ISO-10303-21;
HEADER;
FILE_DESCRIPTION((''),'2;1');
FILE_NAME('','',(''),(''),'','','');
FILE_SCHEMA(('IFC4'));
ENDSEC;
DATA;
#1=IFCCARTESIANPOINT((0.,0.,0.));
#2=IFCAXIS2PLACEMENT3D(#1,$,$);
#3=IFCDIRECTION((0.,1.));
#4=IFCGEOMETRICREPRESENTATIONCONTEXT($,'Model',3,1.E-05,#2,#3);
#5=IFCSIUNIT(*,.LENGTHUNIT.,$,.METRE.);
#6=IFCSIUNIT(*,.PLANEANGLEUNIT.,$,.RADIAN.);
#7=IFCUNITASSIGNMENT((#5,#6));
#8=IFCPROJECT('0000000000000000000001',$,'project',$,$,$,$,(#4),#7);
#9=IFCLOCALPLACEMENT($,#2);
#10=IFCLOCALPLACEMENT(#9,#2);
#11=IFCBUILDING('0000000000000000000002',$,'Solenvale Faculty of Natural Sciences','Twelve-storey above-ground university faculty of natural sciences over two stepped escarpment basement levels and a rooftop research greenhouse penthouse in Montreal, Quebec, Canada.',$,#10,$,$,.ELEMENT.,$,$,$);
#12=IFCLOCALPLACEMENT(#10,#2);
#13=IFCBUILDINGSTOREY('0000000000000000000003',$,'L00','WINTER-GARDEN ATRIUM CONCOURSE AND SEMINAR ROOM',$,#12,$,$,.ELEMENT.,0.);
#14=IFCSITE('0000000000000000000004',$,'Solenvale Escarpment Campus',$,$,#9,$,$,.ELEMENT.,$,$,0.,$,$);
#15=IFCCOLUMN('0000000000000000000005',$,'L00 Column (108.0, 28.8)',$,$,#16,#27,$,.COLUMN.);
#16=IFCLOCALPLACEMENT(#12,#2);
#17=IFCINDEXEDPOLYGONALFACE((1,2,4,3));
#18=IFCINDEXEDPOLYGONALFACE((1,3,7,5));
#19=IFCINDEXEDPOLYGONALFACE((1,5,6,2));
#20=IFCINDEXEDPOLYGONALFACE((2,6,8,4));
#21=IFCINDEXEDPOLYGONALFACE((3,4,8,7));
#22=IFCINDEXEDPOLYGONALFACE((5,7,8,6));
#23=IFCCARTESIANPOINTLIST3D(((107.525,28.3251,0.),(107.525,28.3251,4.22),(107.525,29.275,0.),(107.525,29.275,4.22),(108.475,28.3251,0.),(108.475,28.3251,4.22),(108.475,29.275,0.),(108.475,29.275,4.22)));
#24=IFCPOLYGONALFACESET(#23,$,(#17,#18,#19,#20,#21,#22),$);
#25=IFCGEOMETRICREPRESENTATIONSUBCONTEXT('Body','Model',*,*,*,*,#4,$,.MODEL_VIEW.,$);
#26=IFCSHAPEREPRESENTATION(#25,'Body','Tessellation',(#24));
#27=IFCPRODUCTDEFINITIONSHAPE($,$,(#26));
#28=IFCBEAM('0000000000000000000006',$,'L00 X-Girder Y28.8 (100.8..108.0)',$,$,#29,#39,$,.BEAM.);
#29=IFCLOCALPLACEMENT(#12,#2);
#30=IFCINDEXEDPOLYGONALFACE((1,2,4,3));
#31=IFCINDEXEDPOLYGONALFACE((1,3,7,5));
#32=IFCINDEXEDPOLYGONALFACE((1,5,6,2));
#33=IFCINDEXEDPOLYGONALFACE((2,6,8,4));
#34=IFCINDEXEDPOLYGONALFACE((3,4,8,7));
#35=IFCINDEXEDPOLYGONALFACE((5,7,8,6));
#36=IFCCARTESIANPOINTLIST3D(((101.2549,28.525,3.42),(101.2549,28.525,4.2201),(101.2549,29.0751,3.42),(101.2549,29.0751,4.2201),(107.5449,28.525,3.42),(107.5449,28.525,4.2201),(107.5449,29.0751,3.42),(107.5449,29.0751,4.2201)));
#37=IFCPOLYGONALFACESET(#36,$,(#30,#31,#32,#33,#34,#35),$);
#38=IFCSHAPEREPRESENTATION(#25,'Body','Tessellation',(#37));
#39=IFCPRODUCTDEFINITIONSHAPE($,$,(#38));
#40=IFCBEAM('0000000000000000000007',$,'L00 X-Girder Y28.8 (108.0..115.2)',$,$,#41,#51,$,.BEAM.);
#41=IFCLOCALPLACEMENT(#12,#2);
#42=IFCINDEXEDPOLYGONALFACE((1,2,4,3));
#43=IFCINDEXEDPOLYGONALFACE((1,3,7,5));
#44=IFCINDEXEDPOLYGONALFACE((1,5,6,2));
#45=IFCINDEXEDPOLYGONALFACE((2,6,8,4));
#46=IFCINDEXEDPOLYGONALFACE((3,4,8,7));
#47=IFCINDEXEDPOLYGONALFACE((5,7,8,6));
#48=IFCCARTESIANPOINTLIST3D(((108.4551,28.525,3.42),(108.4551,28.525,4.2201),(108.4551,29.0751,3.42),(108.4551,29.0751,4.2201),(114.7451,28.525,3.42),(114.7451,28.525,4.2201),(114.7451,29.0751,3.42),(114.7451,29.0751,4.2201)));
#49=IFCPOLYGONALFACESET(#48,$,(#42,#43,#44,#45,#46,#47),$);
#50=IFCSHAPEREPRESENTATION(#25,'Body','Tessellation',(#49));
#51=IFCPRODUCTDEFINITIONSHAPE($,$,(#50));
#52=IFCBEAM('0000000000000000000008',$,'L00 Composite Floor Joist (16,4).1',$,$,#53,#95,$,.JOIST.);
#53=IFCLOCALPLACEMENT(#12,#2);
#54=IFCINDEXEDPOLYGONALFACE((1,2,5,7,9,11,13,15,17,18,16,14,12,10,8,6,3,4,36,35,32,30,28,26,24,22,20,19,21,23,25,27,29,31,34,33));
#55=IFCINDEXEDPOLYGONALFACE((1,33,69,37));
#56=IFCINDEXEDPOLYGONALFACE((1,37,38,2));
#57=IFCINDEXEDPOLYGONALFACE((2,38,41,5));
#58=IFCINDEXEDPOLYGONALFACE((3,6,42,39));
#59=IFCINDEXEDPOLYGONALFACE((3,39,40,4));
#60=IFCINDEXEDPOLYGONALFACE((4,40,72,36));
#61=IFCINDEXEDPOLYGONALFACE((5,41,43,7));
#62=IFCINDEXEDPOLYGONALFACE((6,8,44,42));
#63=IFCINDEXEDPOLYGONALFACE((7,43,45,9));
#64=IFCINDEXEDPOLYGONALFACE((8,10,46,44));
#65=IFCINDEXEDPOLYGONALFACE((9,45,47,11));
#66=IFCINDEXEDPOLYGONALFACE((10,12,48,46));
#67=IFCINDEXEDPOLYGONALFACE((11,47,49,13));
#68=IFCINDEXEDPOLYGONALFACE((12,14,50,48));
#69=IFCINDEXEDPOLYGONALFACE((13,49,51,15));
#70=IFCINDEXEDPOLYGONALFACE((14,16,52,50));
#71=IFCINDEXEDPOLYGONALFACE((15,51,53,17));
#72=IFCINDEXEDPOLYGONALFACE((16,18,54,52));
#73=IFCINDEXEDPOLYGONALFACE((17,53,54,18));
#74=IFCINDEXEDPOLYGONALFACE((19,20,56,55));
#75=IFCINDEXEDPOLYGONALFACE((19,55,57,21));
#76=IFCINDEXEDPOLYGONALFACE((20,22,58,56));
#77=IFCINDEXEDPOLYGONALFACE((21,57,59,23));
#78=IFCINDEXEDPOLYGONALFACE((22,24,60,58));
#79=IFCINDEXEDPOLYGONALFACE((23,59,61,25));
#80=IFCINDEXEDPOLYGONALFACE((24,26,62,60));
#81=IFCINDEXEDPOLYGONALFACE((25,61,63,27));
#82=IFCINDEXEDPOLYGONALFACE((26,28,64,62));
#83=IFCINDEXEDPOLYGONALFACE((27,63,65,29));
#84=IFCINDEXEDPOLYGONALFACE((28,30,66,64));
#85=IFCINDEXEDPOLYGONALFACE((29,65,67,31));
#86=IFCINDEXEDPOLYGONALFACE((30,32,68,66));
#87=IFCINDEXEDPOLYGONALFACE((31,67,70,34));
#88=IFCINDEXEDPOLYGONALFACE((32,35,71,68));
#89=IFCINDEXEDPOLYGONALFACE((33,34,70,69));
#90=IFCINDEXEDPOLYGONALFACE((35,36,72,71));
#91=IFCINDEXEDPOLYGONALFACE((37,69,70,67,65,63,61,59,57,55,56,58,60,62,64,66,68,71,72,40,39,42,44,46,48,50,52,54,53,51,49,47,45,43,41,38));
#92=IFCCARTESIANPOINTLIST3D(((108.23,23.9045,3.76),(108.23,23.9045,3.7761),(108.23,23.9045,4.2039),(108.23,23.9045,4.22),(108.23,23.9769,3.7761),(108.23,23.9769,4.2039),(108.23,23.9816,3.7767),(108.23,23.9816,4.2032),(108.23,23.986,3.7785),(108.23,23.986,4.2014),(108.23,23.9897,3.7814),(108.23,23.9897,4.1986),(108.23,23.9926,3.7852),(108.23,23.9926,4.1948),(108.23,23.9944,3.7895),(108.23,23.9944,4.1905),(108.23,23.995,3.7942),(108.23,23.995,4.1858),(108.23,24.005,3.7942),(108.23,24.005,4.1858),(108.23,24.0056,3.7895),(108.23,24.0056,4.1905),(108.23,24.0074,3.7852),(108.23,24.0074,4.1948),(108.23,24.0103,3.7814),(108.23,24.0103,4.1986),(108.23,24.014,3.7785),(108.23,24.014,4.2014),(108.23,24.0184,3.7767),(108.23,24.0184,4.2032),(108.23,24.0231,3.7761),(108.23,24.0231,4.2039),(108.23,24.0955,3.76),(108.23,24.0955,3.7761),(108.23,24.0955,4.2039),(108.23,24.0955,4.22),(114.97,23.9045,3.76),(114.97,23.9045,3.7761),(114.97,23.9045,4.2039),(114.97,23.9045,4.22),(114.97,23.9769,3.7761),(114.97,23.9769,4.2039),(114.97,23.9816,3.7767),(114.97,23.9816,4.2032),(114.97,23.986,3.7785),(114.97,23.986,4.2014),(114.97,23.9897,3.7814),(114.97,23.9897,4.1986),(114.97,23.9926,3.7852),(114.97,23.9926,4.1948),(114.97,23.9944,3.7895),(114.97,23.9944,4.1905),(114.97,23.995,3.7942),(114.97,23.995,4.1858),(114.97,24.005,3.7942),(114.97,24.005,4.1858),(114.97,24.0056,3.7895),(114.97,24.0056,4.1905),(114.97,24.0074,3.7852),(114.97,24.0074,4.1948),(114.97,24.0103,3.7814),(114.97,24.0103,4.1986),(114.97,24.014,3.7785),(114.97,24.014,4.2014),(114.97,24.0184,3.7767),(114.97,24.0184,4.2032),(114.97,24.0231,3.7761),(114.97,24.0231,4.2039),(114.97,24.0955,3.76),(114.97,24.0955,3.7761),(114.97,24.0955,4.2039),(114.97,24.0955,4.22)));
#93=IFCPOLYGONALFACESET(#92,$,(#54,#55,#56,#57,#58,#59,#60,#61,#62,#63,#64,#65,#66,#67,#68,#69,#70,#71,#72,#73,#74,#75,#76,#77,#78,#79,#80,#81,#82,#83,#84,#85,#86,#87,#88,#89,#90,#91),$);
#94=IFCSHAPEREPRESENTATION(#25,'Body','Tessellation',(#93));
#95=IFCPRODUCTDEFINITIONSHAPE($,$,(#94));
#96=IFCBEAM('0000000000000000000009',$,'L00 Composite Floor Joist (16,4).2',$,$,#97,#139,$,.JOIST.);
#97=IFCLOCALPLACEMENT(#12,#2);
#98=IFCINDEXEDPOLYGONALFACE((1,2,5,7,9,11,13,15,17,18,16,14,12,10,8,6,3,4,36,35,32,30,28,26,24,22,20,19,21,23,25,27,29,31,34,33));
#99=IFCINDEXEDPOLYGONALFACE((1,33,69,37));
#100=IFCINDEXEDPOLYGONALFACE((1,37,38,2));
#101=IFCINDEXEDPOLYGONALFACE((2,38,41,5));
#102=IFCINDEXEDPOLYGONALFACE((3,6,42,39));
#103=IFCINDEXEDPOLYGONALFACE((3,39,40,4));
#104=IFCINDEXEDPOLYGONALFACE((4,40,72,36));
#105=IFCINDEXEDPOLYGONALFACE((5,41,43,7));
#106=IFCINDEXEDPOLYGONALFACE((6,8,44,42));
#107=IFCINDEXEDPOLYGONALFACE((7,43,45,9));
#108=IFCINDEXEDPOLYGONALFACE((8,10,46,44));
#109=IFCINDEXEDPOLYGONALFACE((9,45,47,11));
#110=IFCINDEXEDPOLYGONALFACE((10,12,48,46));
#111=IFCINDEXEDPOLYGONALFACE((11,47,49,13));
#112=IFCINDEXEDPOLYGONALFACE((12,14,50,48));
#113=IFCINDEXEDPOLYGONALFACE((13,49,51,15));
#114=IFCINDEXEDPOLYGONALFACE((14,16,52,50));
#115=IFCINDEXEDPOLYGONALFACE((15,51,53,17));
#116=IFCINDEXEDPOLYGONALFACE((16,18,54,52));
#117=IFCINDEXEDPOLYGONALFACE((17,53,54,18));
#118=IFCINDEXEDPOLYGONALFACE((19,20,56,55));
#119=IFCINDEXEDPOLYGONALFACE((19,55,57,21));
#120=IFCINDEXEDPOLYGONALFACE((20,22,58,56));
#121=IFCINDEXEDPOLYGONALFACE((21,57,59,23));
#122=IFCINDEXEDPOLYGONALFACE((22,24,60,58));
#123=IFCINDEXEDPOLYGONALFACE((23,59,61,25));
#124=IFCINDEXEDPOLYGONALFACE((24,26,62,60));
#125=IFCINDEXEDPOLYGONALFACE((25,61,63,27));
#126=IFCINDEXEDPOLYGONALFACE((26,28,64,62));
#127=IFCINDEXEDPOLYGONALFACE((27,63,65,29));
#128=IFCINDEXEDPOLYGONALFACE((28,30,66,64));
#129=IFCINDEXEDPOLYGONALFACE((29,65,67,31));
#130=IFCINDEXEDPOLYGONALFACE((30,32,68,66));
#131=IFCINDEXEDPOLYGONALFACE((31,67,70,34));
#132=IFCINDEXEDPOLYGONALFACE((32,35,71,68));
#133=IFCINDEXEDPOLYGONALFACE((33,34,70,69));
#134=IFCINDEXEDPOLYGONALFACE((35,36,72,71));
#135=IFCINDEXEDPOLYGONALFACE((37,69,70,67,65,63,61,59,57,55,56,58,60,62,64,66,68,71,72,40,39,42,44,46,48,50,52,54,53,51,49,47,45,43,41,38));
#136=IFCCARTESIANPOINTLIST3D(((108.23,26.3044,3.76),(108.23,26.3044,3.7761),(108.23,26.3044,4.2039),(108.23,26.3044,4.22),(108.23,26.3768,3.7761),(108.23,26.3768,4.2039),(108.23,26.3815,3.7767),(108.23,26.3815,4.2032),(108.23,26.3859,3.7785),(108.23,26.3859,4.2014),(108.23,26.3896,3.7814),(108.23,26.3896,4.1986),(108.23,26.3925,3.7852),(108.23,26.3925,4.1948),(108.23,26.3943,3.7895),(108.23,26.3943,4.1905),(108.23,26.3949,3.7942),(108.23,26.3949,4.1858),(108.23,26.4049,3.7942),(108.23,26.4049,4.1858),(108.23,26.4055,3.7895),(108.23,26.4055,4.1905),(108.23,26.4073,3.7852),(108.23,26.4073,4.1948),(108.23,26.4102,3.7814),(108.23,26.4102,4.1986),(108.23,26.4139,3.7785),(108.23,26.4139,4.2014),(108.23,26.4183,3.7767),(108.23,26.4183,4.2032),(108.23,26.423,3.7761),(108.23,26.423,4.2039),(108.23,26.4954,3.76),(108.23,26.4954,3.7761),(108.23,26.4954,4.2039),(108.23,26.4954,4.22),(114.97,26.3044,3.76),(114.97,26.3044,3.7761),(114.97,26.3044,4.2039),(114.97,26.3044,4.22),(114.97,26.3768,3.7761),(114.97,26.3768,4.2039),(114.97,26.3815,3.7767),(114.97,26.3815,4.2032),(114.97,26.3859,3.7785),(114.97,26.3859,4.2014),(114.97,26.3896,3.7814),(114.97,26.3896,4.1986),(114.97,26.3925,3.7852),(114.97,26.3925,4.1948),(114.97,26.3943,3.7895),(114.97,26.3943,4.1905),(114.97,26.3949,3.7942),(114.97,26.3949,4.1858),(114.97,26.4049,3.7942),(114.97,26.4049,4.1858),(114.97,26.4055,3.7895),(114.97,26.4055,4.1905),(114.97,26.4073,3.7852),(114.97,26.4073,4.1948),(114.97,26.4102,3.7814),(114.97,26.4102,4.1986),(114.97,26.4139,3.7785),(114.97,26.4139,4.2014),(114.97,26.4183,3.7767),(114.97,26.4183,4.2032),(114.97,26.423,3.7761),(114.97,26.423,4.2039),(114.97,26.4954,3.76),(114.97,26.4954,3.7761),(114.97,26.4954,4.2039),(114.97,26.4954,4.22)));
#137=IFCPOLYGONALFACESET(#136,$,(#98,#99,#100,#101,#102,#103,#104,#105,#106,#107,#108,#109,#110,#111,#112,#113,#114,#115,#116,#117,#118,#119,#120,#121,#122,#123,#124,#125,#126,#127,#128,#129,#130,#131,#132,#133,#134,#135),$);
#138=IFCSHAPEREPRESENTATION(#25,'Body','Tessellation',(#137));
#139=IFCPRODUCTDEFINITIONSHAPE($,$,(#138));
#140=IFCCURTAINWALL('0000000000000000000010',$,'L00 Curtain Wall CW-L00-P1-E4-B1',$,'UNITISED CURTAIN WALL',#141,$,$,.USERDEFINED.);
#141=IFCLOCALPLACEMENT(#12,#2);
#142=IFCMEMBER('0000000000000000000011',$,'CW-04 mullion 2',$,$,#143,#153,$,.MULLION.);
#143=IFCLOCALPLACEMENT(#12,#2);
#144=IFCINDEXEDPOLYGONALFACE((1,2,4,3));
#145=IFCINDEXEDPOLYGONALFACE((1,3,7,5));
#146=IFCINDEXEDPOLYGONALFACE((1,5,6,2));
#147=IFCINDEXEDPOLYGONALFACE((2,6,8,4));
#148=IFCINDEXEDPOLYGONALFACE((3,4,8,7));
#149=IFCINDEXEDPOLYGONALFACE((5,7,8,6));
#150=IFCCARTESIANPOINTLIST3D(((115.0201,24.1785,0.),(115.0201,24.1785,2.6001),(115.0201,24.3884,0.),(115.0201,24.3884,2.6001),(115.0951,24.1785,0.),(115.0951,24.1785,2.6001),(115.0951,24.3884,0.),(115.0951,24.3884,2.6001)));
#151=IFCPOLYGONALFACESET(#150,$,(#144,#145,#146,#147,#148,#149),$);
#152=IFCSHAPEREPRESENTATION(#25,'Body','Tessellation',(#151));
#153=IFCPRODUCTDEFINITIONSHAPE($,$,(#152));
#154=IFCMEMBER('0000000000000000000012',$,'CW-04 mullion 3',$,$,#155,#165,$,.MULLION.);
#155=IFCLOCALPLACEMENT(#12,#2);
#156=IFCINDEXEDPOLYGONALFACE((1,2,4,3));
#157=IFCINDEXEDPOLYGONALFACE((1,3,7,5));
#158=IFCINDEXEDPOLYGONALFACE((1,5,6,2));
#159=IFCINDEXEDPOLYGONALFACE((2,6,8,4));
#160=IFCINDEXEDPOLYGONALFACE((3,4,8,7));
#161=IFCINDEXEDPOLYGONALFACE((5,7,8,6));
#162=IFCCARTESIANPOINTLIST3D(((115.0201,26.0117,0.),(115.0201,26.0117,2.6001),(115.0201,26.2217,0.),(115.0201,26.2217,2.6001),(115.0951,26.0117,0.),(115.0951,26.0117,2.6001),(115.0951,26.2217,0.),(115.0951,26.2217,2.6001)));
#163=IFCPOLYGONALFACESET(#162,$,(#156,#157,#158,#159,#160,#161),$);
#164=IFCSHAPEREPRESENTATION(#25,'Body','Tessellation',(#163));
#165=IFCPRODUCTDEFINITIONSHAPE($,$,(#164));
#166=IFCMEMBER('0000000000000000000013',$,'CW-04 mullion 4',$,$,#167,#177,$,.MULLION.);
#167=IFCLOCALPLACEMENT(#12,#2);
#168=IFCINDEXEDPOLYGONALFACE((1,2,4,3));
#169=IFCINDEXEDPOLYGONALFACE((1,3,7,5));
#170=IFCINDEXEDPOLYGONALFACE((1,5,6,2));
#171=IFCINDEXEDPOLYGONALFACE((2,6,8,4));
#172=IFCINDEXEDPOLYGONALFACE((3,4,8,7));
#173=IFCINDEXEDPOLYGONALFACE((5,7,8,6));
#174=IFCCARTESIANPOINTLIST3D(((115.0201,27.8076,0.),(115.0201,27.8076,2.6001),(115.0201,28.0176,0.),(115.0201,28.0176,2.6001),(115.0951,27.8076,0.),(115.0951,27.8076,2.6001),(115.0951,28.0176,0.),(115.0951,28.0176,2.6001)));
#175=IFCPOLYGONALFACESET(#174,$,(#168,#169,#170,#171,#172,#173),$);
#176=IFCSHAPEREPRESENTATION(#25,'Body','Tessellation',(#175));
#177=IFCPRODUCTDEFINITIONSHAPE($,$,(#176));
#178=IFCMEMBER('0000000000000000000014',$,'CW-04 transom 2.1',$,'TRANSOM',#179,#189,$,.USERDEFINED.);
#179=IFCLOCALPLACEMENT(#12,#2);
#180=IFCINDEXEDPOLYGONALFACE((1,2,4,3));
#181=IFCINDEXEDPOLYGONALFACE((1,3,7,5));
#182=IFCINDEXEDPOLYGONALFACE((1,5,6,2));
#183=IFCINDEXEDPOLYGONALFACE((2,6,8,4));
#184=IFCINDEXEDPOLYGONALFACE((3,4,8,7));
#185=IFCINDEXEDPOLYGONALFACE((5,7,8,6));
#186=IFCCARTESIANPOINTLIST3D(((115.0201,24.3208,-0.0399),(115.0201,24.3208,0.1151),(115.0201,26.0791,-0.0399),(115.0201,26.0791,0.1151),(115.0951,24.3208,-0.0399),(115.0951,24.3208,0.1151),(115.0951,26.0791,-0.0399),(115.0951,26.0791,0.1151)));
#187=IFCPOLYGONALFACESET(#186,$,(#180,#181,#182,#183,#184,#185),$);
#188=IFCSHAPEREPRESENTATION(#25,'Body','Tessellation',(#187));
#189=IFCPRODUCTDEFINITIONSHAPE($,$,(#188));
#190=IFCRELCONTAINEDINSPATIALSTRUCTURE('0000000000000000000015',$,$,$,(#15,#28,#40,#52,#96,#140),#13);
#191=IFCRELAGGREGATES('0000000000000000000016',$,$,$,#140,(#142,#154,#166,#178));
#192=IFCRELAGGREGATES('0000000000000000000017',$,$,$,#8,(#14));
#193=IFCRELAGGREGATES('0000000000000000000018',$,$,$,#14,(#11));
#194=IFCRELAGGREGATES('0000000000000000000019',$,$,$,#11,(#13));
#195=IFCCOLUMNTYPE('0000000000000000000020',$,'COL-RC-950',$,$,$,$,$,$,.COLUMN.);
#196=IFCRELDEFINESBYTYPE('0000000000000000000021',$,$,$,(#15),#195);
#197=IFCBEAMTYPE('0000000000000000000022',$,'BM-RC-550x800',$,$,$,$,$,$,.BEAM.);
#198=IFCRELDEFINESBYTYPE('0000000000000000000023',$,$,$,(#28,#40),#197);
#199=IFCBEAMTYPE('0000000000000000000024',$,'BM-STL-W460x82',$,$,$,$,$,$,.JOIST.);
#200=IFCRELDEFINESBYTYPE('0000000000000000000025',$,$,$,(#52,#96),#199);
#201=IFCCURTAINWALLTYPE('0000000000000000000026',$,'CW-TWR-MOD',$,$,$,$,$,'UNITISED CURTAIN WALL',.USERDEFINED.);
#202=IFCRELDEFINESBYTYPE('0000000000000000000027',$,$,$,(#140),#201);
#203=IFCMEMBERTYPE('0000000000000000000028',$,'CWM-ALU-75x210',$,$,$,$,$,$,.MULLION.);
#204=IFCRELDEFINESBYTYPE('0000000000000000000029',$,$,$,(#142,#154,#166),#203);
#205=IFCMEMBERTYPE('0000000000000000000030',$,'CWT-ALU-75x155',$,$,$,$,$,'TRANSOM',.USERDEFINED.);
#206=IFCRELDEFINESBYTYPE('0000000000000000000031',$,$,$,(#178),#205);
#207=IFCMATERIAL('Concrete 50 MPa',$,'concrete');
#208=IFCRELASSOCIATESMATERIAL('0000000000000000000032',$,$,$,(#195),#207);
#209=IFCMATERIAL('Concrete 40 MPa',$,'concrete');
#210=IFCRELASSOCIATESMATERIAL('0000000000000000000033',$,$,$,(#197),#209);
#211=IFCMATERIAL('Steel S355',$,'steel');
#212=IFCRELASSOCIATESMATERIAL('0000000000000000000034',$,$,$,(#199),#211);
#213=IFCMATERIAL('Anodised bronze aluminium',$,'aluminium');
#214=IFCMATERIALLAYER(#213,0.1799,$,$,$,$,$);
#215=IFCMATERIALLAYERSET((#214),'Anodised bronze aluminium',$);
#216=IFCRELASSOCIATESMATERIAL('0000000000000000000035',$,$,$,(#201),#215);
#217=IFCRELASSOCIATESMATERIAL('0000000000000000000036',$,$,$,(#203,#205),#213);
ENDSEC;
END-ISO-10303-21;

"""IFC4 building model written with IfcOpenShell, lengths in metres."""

from ifc_helpers import new_model, si_unit, direction, frame, origin, origin_2d, place, context, subcontext, project, spatial, rectangle, i_section, extrude, material, layer, layer_set, material_profile, profile_set, type_object, element, aggregate, save


model = new_model("IFC4")

# Units and contexts
model_context = context("Model", 3, precision=1e-05, world=origin(), true_north=direction((0.0, 1.0)))
body_context = subcontext(model_context, "Body", "Model", "MODEL_VIEW")
ifc_project = project(units=[si_unit("LENGTHUNIT", "METRE"), si_unit("PLANEANGLEUNIT", "RADIAN")], contexts=[model_context])

# Site, building, storey
site_placement = place(None, origin())
site = spatial("IfcSite", under=ifc_project, at=site_placement, Name="Solenvale Escarpment Campus", CompositionType="ELEMENT", RefElevation=0.0)
building_placement = place(site_placement, origin())
building = spatial("IfcBuilding", under=site, at=building_placement, Name="Solenvale Faculty of Natural Sciences", Description="Twelve-storey above-ground university faculty of natural sciences over two stepped escarpment basement levels and a rooftop research greenhouse penthouse in Montreal, Quebec, Canada.", CompositionType="ELEMENT")
storey_placement = place(building_placement, origin())
storey = spatial("IfcBuildingStorey", under=building, at=storey_placement, Name="L00", Description="WINTER-GARDEN ATRIUM CONCOURSE AND SEMINAR ROOM", CompositionType="ELEMENT", Elevation=0.0)

# Column
ifc_material_1 = material(Name="Concrete 50 MPa", Category="concrete")
ifc_material_profile_1 = material_profile(ifc_material_1, rectangle(XDim=0.95, YDim=0.95, at=origin_2d()), Name="RC-COL-950x950")
ifc_profile_set_1 = profile_set([ifc_material_profile_1], Name="Concrete 50 MPa")
column_type = type_object("IfcColumnType", Name="COL-RC-950", PredefinedType="COLUMN", material=ifc_profile_set_1)
column_placement = place(storey_placement, frame((108.0, 28.8, 0.0), z_axis=(0.0, 0.0, 1.0), x_axis=(1.0, 0.0, 0.0)))
element("IfcColumn", 1, at=column_placement, inside=storey, type_object=column_type, Name="L00 Column (108.0, 28.8)", PredefinedType="COLUMN", context=body_context, shape_type="SweptSolid", body=[
    extrude(rectangle(XDim=0.95, YDim=0.95, at=origin_2d()), origin(), (0.0, 0.0, 1.0), 4.22),
])

# Beams
ifc_material_2 = material(Name="Concrete 40 MPa", Category="concrete")
ifc_material_profile_2 = material_profile(ifc_material_2, rectangle(XDim=0.55, YDim=0.8, at=origin_2d()), Name="RC-BM-550x800")
ifc_profile_set_2 = profile_set([ifc_material_profile_2], Name="Concrete 40 MPa")
beam_type_1 = type_object("IfcBeamType", Name="BM-RC-550x800", PredefinedType="BEAM", material=ifc_profile_set_2)
for number, where, z_axis, x_axis, name in (
    (2, (101.2549, 28.8, 3.8201), (1.0, 0.0, 0.0), (0.0, 1.0, 0.0), "L00 X-Girder Y28.8 (100.8..108.0)"),
    (3, (108.4551, 28.8, 3.8201), (1.0, 0.0, 0.0), (0.0, 1.0, 0.0), "L00 X-Girder Y28.8 (108.0..115.2)"),
):
    element("IfcBeam", number, at=place(storey_placement, frame(where, z_axis=z_axis, x_axis=x_axis)), inside=storey, type_object=beam_type_1, Name=name, PredefinedType="BEAM", context=body_context, shape_type="SweptSolid", body=[
        extrude(rectangle(XDim=0.55, YDim=0.8, at=origin_2d()), origin(), (0.0, 0.0, 1.0), 6.29),
    ])
ifc_material_3 = material(Name="Steel S355", Category="steel")
ifc_material_profile_3 = material_profile(ifc_material_3, i_section(OverallWidth=0.1909, OverallDepth=0.46, WebThickness=0.01, FlangeThickness=0.0161, FilletRadius=0.0181, at=origin_2d()), Name="W460x82")
ifc_profile_set_3 = profile_set([ifc_material_profile_3], Name="Steel S355")
beam_type_2 = type_object("IfcBeamType", Name="BM-STL-W460x82", PredefinedType="JOIST", material=ifc_profile_set_3)
for number, where, z_axis, x_axis, name in (
    (4, (108.23, 24.0, 3.99), (1.0, 0.0, 0.0), (0.0, 1.0, 0.0), "L00 Composite Floor Joist (16,4).1"),
    (5, (108.23, 26.3999, 3.99), (1.0, 0.0, 0.0), (0.0, 1.0, 0.0), "L00 Composite Floor Joist (16,4).2"),
):
    element("IfcBeam", number, at=place(storey_placement, frame(where, z_axis=z_axis, x_axis=x_axis)), inside=storey, type_object=beam_type_2, Name=name, PredefinedType="JOIST", context=body_context, shape_type="SweptSolid", body=[
        extrude(i_section(OverallWidth=0.1909, OverallDepth=0.46, WebThickness=0.01, FlangeThickness=0.0161, FilletRadius=0.0181, at=origin_2d()), origin(), (0.0, 0.0, 1.0), 6.74),
    ])

# Curtain wall, members
ifc_material_4 = material(Name="Anodised bronze aluminium", Category="aluminium")
ifc_layer_1 = layer(ifc_material_4, 0.1799)
ifc_layer_set_1 = layer_set([ifc_layer_1], Name="Anodised bronze aluminium")
curtain_wall_type = type_object("IfcCurtainWallType", Name="CW-TWR-MOD", ElementType="UNITISED CURTAIN WALL", PredefinedType="USERDEFINED", material=ifc_layer_set_1)
curtain_wall_placement = place(storey_placement, origin())
curtain_wall = element("IfcCurtainWall", 6, at=curtain_wall_placement, inside=storey, type_object=curtain_wall_type, Name="L00 Curtain Wall CW-L00-P1-E4-B1", ObjectType="UNITISED CURTAIN WALL", PredefinedType="USERDEFINED")
ifc_material_profile_4 = material_profile(ifc_material_4, rectangle(XDim=0.075, YDim=0.21, at=origin_2d()), Name="ALU-MUL-75x210")
ifc_profile_set_4 = profile_set([ifc_material_profile_4], Name="Anodised bronze aluminium")
member_type_1 = type_object("IfcMemberType", Name="CWM-ALU-75x210", PredefinedType="MULLION", material=ifc_profile_set_4)
member_1_placement = place(storey_placement, frame((115.0576, 24.2834, 0.0), z_axis=(0.0, 0.0, 1.0), x_axis=(-1.0, 0.0, 0.0)))
member_1 = element("IfcMember", 7, at=member_1_placement, type_object=member_type_1, Name="CW-04 mullion 2", PredefinedType="MULLION", context=body_context, shape_type="SweptSolid", body=[
    extrude(rectangle(XDim=0.075, YDim=0.21, at=origin_2d()), origin(), (0.0, 0.0, 1.0), 2.6001),
])
member_2_placement = place(storey_placement, frame((115.0576, 26.1167, 0.0), z_axis=(0.0, 0.0, 1.0), x_axis=(-1.0, 0.0, 0.0)))
member_2 = element("IfcMember", 8, at=member_2_placement, type_object=member_type_1, Name="CW-04 mullion 3", PredefinedType="MULLION", context=body_context, shape_type="SweptSolid", body=[
    extrude(rectangle(XDim=0.075, YDim=0.21, at=origin_2d()), origin(), (0.0, 0.0, 1.0), 2.6001),
])
member_3_placement = place(storey_placement, frame((115.0576, 27.9126, 0.0), z_axis=(0.0, 0.0, 1.0), x_axis=(-1.0, 0.0, 0.0)))
member_3 = element("IfcMember", 9, at=member_3_placement, type_object=member_type_1, Name="CW-04 mullion 4", PredefinedType="MULLION", context=body_context, shape_type="SweptSolid", body=[
    extrude(rectangle(XDim=0.075, YDim=0.21, at=origin_2d()), origin(), (0.0, 0.0, 1.0), 2.6001),
])
ifc_material_profile_5 = material_profile(ifc_material_4, rectangle(XDim=0.075, YDim=0.155, at=origin_2d()), Name="ALU-TRN-75x155")
ifc_profile_set_5 = profile_set([ifc_material_profile_5], Name="Anodised bronze aluminium")
member_type_2 = type_object("IfcMemberType", Name="CWT-ALU-75x155", ElementType="TRANSOM", PredefinedType="USERDEFINED", material=ifc_profile_set_5)
member_4_placement = place(storey_placement, frame((115.0576, 24.3208, 0.0376), z_axis=(0.0, 1.0, 0.0), x_axis=(-1.0, 0.0, 0.0)))
member_4 = element("IfcMember", 10, at=member_4_placement, type_object=member_type_2, Name="CW-04 transom 2.1", ObjectType="TRANSOM", PredefinedType="USERDEFINED", context=body_context, shape_type="SweptSolid", body=[
    extrude(rectangle(XDim=0.075, YDim=0.155, at=origin_2d()), origin(), (0.0, 0.0, 1.0), 1.7583),
])
aggregate(curtain_wall, [member_1, member_2, member_3, member_4])

save(model, "model.ifc")
